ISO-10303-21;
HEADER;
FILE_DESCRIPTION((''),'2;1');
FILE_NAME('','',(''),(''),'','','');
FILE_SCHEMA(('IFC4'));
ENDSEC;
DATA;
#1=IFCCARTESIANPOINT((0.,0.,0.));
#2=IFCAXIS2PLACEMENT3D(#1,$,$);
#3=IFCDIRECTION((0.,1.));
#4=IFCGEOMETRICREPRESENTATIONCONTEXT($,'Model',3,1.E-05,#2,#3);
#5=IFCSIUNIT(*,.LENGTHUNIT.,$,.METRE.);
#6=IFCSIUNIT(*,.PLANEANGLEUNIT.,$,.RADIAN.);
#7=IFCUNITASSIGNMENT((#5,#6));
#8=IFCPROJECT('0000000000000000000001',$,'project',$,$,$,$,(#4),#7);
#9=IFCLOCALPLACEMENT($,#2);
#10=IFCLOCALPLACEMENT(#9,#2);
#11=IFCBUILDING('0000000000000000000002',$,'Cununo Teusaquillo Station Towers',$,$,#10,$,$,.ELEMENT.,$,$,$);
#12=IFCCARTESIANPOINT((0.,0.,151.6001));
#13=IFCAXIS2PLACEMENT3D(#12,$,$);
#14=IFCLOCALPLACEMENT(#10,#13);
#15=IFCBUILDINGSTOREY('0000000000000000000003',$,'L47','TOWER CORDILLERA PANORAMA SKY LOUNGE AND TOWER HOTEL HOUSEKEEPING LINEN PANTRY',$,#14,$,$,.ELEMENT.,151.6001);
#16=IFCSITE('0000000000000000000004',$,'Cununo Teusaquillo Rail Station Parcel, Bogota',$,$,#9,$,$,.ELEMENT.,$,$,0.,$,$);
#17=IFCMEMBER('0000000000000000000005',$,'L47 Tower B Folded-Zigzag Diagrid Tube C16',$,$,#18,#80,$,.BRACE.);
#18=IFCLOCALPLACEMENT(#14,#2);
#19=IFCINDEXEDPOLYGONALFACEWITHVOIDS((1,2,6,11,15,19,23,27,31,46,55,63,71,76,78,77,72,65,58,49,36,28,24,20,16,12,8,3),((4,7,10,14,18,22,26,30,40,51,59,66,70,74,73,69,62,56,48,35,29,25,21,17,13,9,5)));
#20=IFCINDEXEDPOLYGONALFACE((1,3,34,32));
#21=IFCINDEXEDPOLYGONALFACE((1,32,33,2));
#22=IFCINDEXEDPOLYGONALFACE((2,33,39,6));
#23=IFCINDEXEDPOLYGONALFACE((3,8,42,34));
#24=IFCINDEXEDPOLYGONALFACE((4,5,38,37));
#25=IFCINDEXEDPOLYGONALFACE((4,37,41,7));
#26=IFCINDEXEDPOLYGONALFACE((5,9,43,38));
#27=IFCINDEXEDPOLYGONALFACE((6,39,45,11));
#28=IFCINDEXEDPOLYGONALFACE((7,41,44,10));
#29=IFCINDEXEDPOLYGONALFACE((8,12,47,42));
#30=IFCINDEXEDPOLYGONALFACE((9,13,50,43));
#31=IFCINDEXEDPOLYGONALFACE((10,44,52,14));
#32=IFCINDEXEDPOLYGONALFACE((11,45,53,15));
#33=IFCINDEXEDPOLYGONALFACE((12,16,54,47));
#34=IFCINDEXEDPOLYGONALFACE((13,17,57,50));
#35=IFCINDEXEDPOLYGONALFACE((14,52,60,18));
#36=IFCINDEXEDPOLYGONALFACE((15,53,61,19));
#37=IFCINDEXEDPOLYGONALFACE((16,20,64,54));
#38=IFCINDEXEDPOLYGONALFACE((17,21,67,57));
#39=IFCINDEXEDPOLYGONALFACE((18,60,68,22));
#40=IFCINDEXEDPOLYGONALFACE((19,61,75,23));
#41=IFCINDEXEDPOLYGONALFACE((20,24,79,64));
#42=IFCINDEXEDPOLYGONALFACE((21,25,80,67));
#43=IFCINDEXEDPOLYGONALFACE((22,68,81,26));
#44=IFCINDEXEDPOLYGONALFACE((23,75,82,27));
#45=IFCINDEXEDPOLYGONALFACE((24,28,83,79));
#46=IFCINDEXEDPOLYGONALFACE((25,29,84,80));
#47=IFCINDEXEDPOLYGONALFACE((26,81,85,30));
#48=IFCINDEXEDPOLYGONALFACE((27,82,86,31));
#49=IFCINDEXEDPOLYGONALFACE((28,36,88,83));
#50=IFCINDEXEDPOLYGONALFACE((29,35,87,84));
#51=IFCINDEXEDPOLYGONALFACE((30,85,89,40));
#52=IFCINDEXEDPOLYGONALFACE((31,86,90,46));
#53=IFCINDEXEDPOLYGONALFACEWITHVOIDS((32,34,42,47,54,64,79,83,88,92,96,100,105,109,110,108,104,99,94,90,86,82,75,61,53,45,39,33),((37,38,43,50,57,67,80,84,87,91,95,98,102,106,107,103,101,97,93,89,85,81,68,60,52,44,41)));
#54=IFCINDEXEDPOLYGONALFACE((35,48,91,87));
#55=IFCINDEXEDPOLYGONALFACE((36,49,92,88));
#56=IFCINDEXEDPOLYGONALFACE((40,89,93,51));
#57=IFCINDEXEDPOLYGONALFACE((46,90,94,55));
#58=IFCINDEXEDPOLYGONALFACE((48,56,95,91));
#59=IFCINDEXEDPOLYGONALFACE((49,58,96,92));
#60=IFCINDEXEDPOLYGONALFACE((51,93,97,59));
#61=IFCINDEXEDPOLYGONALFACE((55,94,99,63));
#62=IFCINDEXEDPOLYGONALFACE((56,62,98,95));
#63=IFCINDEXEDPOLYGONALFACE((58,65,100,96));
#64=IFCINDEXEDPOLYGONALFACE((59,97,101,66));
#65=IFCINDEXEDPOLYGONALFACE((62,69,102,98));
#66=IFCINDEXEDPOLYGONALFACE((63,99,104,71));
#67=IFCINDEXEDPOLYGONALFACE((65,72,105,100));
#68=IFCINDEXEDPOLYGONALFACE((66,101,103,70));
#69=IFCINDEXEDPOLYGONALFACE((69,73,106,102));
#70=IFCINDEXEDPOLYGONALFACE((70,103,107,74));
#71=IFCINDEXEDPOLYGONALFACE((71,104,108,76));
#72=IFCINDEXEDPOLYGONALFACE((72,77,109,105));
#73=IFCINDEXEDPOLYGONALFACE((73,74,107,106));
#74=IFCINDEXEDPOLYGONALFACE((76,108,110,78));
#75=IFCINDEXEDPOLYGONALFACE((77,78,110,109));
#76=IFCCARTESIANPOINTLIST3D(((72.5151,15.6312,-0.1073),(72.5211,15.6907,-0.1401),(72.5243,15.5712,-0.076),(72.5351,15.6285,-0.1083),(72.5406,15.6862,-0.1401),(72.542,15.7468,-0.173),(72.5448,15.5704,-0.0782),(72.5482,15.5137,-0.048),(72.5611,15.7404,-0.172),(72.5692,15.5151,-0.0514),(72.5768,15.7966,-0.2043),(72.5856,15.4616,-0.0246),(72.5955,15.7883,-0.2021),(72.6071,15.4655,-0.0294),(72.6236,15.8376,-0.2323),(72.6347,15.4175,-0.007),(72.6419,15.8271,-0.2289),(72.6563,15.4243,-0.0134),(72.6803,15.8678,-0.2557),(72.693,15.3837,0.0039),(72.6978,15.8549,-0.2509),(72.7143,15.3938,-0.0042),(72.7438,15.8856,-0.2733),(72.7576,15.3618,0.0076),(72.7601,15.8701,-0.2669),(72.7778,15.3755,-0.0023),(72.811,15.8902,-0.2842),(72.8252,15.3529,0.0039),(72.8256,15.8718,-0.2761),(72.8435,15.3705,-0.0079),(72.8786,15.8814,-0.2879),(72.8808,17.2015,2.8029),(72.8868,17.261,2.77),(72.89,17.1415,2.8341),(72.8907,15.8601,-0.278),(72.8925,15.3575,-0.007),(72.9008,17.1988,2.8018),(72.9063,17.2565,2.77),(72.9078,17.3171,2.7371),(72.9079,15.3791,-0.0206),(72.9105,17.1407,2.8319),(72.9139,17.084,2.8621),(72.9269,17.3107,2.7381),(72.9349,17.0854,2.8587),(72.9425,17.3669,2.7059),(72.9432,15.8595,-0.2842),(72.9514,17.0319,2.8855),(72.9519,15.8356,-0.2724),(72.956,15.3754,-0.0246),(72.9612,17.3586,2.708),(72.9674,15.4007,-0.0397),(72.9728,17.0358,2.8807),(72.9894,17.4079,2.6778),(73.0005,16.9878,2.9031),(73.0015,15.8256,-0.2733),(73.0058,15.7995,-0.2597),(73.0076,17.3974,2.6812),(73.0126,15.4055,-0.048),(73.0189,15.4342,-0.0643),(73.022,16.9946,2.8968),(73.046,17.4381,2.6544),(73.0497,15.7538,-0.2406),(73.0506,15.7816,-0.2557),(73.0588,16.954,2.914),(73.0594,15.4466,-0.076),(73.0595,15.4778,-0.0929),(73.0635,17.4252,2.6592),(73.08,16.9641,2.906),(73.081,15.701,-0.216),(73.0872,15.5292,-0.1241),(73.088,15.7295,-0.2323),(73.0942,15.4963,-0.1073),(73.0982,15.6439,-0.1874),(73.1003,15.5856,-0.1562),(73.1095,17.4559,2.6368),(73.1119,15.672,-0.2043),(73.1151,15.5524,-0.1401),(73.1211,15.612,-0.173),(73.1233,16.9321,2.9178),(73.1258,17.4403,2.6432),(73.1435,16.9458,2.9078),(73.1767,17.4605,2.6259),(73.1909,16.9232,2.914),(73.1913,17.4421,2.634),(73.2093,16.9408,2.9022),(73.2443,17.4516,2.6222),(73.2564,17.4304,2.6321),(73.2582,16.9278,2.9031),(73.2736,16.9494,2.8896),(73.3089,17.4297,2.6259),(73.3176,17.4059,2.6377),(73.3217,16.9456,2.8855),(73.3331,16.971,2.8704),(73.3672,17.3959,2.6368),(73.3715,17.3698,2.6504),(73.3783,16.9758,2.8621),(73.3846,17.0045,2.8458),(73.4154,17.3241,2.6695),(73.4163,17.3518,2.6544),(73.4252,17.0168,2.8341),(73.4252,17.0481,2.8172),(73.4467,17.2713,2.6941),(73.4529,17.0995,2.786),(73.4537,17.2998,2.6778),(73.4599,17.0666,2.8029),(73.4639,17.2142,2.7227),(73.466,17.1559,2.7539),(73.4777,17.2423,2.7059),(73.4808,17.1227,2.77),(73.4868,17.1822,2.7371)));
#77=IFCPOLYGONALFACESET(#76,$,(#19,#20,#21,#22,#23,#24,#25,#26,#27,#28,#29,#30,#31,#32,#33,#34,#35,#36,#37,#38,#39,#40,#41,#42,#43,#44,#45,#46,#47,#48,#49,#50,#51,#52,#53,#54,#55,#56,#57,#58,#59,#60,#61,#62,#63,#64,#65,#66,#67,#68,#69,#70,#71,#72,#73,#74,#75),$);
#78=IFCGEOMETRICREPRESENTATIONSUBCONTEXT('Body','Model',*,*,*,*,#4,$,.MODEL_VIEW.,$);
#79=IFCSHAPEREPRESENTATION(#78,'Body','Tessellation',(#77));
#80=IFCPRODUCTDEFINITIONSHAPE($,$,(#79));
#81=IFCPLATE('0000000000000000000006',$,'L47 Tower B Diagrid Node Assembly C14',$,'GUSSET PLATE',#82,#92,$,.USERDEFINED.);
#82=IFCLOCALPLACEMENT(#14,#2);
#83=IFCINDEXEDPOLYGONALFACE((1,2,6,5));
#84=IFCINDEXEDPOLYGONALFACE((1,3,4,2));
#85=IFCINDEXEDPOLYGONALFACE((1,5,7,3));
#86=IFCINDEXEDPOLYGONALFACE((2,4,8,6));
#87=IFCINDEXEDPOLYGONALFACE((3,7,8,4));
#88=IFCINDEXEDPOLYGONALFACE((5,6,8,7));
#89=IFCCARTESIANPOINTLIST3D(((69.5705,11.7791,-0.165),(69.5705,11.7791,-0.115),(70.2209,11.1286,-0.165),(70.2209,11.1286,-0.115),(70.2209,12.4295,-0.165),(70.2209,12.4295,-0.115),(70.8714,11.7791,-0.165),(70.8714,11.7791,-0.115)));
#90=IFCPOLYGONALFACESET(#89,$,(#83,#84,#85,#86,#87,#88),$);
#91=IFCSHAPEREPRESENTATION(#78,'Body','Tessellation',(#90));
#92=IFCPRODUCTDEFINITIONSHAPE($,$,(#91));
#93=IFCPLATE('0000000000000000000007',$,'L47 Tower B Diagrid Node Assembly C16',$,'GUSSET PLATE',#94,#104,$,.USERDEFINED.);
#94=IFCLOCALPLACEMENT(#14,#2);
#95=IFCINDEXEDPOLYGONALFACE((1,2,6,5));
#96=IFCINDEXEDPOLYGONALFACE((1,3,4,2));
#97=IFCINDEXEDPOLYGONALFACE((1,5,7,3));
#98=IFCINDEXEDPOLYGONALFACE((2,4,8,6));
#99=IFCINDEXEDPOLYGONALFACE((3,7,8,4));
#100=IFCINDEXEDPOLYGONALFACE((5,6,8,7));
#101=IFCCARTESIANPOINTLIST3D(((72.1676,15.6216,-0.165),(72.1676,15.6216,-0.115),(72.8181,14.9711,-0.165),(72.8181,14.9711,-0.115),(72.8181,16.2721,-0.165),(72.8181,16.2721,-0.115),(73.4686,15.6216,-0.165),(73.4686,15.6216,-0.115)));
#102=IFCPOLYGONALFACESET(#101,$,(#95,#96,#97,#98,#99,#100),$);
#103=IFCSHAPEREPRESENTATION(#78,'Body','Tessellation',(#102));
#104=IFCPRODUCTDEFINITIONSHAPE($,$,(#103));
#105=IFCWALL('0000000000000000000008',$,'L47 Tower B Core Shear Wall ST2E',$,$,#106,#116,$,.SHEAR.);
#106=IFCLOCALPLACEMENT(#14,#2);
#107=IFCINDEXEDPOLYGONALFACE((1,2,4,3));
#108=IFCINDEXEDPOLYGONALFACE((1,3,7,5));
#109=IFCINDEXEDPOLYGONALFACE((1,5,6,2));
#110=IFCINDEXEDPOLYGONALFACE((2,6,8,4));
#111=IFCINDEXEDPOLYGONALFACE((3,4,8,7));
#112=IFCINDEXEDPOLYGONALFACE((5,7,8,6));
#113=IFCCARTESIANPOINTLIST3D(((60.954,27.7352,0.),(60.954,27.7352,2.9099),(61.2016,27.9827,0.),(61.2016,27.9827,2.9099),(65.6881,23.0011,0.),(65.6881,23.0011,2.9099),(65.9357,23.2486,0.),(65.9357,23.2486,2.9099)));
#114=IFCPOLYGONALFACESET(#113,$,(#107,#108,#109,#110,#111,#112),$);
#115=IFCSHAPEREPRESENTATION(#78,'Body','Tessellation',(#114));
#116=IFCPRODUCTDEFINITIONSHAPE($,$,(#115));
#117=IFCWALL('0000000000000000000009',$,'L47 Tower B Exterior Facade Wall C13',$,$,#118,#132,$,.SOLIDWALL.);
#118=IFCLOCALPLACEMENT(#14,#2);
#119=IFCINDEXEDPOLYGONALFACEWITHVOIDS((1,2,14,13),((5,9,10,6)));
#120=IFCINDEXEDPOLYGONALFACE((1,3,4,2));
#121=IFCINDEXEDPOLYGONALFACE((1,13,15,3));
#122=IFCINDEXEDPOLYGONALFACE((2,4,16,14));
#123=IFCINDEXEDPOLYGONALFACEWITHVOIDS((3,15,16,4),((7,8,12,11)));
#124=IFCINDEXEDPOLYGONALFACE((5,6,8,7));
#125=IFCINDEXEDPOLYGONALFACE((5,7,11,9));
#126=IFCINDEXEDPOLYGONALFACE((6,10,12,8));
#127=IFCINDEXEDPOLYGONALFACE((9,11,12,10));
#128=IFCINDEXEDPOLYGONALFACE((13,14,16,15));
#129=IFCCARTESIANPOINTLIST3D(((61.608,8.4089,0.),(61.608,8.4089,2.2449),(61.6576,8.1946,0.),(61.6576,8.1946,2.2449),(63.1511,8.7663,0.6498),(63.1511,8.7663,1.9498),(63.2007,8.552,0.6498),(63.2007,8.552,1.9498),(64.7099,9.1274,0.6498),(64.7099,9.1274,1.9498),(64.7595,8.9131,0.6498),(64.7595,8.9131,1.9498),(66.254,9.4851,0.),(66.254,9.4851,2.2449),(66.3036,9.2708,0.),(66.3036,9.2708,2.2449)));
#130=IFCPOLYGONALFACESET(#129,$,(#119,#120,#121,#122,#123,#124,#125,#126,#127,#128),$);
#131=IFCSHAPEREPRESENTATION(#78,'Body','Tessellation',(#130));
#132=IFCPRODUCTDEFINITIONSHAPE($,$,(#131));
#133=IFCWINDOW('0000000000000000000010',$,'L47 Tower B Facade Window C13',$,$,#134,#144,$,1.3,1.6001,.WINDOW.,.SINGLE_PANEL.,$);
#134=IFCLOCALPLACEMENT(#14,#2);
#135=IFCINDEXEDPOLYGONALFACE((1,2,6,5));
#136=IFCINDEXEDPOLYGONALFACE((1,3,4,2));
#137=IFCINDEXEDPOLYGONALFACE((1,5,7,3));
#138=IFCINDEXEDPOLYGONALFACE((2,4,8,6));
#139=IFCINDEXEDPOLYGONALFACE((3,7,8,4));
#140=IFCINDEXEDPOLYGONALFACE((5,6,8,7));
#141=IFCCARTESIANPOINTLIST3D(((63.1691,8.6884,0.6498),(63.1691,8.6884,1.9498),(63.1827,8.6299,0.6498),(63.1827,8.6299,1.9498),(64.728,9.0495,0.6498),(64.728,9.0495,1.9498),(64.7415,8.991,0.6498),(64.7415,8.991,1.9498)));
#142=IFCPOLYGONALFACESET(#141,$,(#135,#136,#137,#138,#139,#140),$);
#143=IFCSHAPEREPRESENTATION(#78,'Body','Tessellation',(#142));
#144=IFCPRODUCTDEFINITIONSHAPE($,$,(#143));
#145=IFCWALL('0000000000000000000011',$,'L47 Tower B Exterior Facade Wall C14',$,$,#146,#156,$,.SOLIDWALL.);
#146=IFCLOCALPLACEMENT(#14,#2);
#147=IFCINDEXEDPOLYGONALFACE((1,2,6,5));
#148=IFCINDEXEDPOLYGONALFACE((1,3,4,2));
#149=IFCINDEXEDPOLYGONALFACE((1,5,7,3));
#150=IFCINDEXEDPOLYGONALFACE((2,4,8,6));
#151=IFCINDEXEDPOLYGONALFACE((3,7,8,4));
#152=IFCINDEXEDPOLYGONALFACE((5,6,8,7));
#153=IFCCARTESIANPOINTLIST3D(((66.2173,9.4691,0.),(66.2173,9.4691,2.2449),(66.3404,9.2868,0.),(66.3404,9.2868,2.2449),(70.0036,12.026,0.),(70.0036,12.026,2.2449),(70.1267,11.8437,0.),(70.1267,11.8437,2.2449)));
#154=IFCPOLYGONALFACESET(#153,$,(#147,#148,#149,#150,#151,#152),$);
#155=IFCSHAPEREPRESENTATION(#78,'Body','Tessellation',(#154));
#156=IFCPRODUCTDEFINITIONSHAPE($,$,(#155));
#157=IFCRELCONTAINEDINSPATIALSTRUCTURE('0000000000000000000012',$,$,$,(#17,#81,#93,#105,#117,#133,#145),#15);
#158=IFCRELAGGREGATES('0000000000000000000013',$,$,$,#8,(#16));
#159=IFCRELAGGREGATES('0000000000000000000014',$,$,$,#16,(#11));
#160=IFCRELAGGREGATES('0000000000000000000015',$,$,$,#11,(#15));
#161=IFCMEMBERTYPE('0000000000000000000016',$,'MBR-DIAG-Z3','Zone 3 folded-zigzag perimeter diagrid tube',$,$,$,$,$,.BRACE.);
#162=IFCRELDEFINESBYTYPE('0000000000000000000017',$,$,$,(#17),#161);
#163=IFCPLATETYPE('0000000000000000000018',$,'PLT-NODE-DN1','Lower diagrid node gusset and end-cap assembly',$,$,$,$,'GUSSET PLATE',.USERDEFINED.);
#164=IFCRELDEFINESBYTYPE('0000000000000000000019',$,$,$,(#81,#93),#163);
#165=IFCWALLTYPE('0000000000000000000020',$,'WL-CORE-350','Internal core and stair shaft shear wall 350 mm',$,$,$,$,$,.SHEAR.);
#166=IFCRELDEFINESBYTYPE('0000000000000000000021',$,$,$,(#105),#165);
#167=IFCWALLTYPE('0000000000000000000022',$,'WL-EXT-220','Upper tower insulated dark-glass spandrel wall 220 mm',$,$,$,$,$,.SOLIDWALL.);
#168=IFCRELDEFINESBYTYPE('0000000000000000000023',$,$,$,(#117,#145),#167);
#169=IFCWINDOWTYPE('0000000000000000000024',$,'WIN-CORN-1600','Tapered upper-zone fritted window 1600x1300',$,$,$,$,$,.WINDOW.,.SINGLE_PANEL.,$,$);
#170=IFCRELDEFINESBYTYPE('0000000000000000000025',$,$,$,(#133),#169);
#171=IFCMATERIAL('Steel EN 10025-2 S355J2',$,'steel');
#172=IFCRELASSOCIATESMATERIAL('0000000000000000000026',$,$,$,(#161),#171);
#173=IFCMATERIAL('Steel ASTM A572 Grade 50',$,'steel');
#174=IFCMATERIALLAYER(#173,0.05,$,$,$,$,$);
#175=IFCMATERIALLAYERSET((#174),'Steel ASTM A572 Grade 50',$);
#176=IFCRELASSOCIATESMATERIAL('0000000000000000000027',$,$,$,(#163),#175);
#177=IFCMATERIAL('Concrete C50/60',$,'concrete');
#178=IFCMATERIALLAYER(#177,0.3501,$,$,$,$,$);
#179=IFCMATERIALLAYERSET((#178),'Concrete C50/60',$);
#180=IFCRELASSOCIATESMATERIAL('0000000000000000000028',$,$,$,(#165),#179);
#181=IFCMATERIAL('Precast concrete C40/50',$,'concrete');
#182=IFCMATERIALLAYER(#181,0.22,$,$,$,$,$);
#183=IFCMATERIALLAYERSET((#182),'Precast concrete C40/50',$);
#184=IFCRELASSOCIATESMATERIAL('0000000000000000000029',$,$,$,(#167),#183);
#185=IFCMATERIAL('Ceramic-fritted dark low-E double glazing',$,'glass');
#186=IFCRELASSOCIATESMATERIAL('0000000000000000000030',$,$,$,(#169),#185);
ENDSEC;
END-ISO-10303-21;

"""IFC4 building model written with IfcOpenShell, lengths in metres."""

from ifc_helpers import new_model, si_unit, direction, frame, frame_2d, origin, origin_2d, place, context, subcontext, project, spatial, rectangle, hollow_circle, extrude, source, transform, mapped, material, layer, layer_set, material_profile, profile_set, type_object, element, fill, save


model = new_model("IFC4")

# Units and contexts
model_context = context("Model", 3, precision=1e-05, world=origin(), true_north=direction((0.0, 1.0)))
body_context = subcontext(model_context, "Body", "Model", "MODEL_VIEW")
ifc_project = project(units=[si_unit("LENGTHUNIT", "METRE"), si_unit("PLANEANGLEUNIT", "RADIAN")], contexts=[model_context])

# Site, building, storey
site_placement = place(None, origin())
site = spatial("IfcSite", under=ifc_project, at=site_placement, Name="Cununo Teusaquillo Rail Station Parcel, Bogota", CompositionType="ELEMENT", RefElevation=0.0)
building_placement = place(site_placement, origin())
building = spatial("IfcBuilding", under=site, at=building_placement, Name="Cununo Teusaquillo Station Towers", CompositionType="ELEMENT")
storey_placement = place(building_placement, frame((0.0, 0.0, 151.6001)))
storey = spatial("IfcBuildingStorey", under=building, at=storey_placement, Name="L47", Description="TOWER CORDILLERA PANORAMA SKY LOUNGE AND TOWER HOTEL HOUSEKEEPING LINEN PANTRY", CompositionType="ELEMENT", Elevation=151.6001)

# Member
ifc_material_1 = material(Name="Steel EN 10025-2 S355J2", Category="steel")
ifc_material_profile_1 = material_profile(ifc_material_1, hollow_circle(Radius=0.3049, WallThickness=0.02, at=origin_2d()), Name="CHS 610x20")
ifc_profile_set_1 = profile_set([ifc_material_profile_1], Name="Steel EN 10025-2 S355J2")
member_type = type_object("IfcMemberType", Name="MBR-DIAG-Z3", Description="Zone 3 folded-zigzag perimeter diagrid tube", PredefinedType="BRACE", material=ifc_profile_set_1)
member_1_placement = place(storey_placement, frame((72.8181, 15.6216, -0.1401), z_axis=(0.109927, 0.471997, 0.87472), x_axis=(-0.973935, 0.226828, 0.0)))
element("IfcMember", 1, at=member_1_placement, inside=storey, type_object=member_type, Name="L47 Tower B Folded-Zigzag Diagrid Tube C16", PredefinedType="BRACE", context=body_context, shape_type="SweptSolid", body=[
    extrude(hollow_circle(Radius=0.3049, WallThickness=0.02, at=origin_2d()), origin(), (0.0, 0.0, 1.0), 3.3269),
])

# Plates
ifc_material_2 = material(Name="Steel ASTM A572 Grade 50", Category="steel")
ifc_layer_1 = layer(ifc_material_2, 0.05)
ifc_layer_set_1 = layer_set([ifc_layer_1], Name="Steel ASTM A572 Grade 50")
plate_type = type_object("IfcPlateType", Name="PLT-NODE-DN1", Description="Lower diagrid node gusset and end-cap assembly", ElementType="GUSSET PLATE", PredefinedType="USERDEFINED", material=ifc_layer_set_1)
shared_shape_1 = source(origin(), body_context, "Body", "SweptSolid", [
    extrude(rectangle(XDim=0.9199, YDim=0.9199, at=origin_2d()), origin(), (0.0, 0.0, 1.0), 0.05),
])
for number, where, z_axis, x_axis, name in (
    (2, (70.2209, 11.7791, -0.165), (0.0, 0.0, 1.0), (0.707107, 0.707107, 0.0), "L47 Tower B Diagrid Node Assembly C14"),
    (3, (72.8181, 15.6216, -0.165), (0.0, 0.0, 1.0), (0.707107, 0.707107, 0.0), "L47 Tower B Diagrid Node Assembly C16"),
):
    element("IfcPlate", number, at=place(storey_placement, frame(where, z_axis=z_axis, x_axis=x_axis)), inside=storey, type_object=plate_type, Name=name, ObjectType="GUSSET PLATE", PredefinedType="USERDEFINED", context=body_context, shape_type="MappedRepresentation", body=[
        mapped(shared_shape_1, transform((0.0, 0.0, 0.0), x_axis=(1.0, 0.0, 0.0), y_axis=(0.0, 1.0, 0.0), z_axis=(0.0, 0.0, 1.0), scale=1.0)),
    ])

# Wall
ifc_material_3 = material(Name="Concrete C50/60", Category="concrete")
ifc_layer_2 = layer(ifc_material_3, 0.3501)
ifc_layer_set_2 = layer_set([ifc_layer_2], Name="Concrete C50/60")
wall_type_1 = type_object("IfcWallType", Name="WL-CORE-350", Description="Internal core and stair shaft shear wall 350 mm", PredefinedType="SHEAR", material=ifc_layer_set_2)
wall_1_placement = place(storey_placement, frame((65.812, 23.1248, 0.0), z_axis=(0.0, 0.0, 1.0), x_axis=(-0.707107, 0.707107, 0.0)))
element("IfcWall", 4, at=wall_1_placement, inside=storey, type_object=wall_type_1, Name="L47 Tower B Core Shear Wall ST2E", PredefinedType="SHEAR", context=body_context, shape_type="SweptSolid", body=[
    extrude(rectangle(XDim=6.6951, YDim=0.3501, at=frame_2d((3.3477, 0.0))), origin(), (0.0, 0.0, 1.0), 2.9099),
])

# Wall, opening, window
ifc_material_4 = material(Name="Precast concrete C40/50", Category="concrete")
ifc_layer_3 = layer(ifc_material_4, 0.22)
ifc_layer_set_3 = layer_set([ifc_layer_3], Name="Precast concrete C40/50")
wall_type_2 = type_object("IfcWallType", Name="WL-EXT-220", Description="Upper tower insulated dark-glass spandrel wall 220 mm", PredefinedType="SOLIDWALL", material=ifc_layer_set_3)
wall_2_placement = place(storey_placement, frame((66.2788, 9.3779, 0.0), z_axis=(0.0, 0.0, 1.0), x_axis=(-0.974206, -0.22566, 0.0)))
wall_2 = element("IfcWall", 5, at=wall_2_placement, inside=storey, type_object=wall_type_2, Name="L47 Tower B Exterior Facade Wall C13", PredefinedType="SOLIDWALL", context=body_context, shape_type="SweptSolid", body=[
    extrude(rectangle(XDim=4.769, YDim=0.22, at=frame_2d((2.3845, 0.0))), origin(), (0.0, 0.0, 1.0), 2.2449),
])
shared_shape_2 = source(origin(), body_context, "Body", "SweptSolid", [
    extrude(rectangle(XDim=1.6001, YDim=1.3, at=frame_2d((0.8, 0.6499))), frame((0.0, 0.1199, 0.0), z_axis=(0.0, -1.0, 0.0), x_axis=(1.0, 0.0, 0.0)), (0.0, 0.0, 1.0), 0.24),
])
opening_1_placement = place(wall_2_placement, frame((1.585, 0.0, 0.6499)))
opening_1 = element("IfcOpeningElement", 6, at=opening_1_placement, cuts=wall_2, PredefinedType="OPENING", context=body_context, shape_type="MappedRepresentation", body=[
    mapped(shared_shape_2, transform((0.0, 0.0, 0.0), x_axis=(1.0, 0.0, 0.0), y_axis=(0.0, 1.0, 0.0), z_axis=(0.0, 0.0, 1.0), scale=1.0)),
])
ifc_material_5 = material(Name="Ceramic-fritted dark low-E double glazing", Category="glass")
window_type = type_object("IfcWindowType", Name="WIN-CORN-1600", Description="Tapered upper-zone fritted window 1600x1300", PartitioningType="SINGLE_PANEL", PredefinedType="WINDOW", material=ifc_material_5)
shared_shape_3 = source(origin(), body_context, "Body", "SweptSolid", [
    extrude(rectangle(XDim=1.6001, YDim=1.3, at=frame_2d((0.8, 0.6499))), frame((0.0, 0.03, 0.0), z_axis=(0.0, -1.0, 0.0), x_axis=(1.0, 0.0, 0.0)), (0.0, 0.0, 1.0), 0.0601),
])
window_1_placement = place(opening_1_placement, origin())
window_1 = element("IfcWindow", 7, at=window_1_placement, inside=storey, type_object=window_type, Name="L47 Tower B Facade Window C13", OverallHeight=1.3, OverallWidth=1.6001, PartitioningType="SINGLE_PANEL", PredefinedType="WINDOW", context=body_context, shape_type="MappedRepresentation", body=[
    mapped(shared_shape_3, transform((0.0, 0.0, 0.0), x_axis=(1.0, 0.0, 0.0), y_axis=(0.0, 1.0, 0.0), z_axis=(0.0, 0.0, 1.0), scale=1.0)),
])
fill(opening_1, window_1)

# Wall
wall_3_placement = place(storey_placement, frame((70.0652, 11.9348, 0.0), z_axis=(0.0, 0.0, 1.0), x_axis=(-0.828739, -0.559635, 0.0)))
element("IfcWall", 8, at=wall_3_placement, inside=storey, type_object=wall_type_2, Name="L47 Tower B Exterior Facade Wall C14", PredefinedType="SOLIDWALL", context=body_context, shape_type="SweptSolid", body=[
    extrude(rectangle(XDim=4.5688, YDim=0.22, at=frame_2d((2.2844, 0.0))), origin(), (0.0, 0.0, 1.0), 2.2449),
])

save(model, "model.ifc")
